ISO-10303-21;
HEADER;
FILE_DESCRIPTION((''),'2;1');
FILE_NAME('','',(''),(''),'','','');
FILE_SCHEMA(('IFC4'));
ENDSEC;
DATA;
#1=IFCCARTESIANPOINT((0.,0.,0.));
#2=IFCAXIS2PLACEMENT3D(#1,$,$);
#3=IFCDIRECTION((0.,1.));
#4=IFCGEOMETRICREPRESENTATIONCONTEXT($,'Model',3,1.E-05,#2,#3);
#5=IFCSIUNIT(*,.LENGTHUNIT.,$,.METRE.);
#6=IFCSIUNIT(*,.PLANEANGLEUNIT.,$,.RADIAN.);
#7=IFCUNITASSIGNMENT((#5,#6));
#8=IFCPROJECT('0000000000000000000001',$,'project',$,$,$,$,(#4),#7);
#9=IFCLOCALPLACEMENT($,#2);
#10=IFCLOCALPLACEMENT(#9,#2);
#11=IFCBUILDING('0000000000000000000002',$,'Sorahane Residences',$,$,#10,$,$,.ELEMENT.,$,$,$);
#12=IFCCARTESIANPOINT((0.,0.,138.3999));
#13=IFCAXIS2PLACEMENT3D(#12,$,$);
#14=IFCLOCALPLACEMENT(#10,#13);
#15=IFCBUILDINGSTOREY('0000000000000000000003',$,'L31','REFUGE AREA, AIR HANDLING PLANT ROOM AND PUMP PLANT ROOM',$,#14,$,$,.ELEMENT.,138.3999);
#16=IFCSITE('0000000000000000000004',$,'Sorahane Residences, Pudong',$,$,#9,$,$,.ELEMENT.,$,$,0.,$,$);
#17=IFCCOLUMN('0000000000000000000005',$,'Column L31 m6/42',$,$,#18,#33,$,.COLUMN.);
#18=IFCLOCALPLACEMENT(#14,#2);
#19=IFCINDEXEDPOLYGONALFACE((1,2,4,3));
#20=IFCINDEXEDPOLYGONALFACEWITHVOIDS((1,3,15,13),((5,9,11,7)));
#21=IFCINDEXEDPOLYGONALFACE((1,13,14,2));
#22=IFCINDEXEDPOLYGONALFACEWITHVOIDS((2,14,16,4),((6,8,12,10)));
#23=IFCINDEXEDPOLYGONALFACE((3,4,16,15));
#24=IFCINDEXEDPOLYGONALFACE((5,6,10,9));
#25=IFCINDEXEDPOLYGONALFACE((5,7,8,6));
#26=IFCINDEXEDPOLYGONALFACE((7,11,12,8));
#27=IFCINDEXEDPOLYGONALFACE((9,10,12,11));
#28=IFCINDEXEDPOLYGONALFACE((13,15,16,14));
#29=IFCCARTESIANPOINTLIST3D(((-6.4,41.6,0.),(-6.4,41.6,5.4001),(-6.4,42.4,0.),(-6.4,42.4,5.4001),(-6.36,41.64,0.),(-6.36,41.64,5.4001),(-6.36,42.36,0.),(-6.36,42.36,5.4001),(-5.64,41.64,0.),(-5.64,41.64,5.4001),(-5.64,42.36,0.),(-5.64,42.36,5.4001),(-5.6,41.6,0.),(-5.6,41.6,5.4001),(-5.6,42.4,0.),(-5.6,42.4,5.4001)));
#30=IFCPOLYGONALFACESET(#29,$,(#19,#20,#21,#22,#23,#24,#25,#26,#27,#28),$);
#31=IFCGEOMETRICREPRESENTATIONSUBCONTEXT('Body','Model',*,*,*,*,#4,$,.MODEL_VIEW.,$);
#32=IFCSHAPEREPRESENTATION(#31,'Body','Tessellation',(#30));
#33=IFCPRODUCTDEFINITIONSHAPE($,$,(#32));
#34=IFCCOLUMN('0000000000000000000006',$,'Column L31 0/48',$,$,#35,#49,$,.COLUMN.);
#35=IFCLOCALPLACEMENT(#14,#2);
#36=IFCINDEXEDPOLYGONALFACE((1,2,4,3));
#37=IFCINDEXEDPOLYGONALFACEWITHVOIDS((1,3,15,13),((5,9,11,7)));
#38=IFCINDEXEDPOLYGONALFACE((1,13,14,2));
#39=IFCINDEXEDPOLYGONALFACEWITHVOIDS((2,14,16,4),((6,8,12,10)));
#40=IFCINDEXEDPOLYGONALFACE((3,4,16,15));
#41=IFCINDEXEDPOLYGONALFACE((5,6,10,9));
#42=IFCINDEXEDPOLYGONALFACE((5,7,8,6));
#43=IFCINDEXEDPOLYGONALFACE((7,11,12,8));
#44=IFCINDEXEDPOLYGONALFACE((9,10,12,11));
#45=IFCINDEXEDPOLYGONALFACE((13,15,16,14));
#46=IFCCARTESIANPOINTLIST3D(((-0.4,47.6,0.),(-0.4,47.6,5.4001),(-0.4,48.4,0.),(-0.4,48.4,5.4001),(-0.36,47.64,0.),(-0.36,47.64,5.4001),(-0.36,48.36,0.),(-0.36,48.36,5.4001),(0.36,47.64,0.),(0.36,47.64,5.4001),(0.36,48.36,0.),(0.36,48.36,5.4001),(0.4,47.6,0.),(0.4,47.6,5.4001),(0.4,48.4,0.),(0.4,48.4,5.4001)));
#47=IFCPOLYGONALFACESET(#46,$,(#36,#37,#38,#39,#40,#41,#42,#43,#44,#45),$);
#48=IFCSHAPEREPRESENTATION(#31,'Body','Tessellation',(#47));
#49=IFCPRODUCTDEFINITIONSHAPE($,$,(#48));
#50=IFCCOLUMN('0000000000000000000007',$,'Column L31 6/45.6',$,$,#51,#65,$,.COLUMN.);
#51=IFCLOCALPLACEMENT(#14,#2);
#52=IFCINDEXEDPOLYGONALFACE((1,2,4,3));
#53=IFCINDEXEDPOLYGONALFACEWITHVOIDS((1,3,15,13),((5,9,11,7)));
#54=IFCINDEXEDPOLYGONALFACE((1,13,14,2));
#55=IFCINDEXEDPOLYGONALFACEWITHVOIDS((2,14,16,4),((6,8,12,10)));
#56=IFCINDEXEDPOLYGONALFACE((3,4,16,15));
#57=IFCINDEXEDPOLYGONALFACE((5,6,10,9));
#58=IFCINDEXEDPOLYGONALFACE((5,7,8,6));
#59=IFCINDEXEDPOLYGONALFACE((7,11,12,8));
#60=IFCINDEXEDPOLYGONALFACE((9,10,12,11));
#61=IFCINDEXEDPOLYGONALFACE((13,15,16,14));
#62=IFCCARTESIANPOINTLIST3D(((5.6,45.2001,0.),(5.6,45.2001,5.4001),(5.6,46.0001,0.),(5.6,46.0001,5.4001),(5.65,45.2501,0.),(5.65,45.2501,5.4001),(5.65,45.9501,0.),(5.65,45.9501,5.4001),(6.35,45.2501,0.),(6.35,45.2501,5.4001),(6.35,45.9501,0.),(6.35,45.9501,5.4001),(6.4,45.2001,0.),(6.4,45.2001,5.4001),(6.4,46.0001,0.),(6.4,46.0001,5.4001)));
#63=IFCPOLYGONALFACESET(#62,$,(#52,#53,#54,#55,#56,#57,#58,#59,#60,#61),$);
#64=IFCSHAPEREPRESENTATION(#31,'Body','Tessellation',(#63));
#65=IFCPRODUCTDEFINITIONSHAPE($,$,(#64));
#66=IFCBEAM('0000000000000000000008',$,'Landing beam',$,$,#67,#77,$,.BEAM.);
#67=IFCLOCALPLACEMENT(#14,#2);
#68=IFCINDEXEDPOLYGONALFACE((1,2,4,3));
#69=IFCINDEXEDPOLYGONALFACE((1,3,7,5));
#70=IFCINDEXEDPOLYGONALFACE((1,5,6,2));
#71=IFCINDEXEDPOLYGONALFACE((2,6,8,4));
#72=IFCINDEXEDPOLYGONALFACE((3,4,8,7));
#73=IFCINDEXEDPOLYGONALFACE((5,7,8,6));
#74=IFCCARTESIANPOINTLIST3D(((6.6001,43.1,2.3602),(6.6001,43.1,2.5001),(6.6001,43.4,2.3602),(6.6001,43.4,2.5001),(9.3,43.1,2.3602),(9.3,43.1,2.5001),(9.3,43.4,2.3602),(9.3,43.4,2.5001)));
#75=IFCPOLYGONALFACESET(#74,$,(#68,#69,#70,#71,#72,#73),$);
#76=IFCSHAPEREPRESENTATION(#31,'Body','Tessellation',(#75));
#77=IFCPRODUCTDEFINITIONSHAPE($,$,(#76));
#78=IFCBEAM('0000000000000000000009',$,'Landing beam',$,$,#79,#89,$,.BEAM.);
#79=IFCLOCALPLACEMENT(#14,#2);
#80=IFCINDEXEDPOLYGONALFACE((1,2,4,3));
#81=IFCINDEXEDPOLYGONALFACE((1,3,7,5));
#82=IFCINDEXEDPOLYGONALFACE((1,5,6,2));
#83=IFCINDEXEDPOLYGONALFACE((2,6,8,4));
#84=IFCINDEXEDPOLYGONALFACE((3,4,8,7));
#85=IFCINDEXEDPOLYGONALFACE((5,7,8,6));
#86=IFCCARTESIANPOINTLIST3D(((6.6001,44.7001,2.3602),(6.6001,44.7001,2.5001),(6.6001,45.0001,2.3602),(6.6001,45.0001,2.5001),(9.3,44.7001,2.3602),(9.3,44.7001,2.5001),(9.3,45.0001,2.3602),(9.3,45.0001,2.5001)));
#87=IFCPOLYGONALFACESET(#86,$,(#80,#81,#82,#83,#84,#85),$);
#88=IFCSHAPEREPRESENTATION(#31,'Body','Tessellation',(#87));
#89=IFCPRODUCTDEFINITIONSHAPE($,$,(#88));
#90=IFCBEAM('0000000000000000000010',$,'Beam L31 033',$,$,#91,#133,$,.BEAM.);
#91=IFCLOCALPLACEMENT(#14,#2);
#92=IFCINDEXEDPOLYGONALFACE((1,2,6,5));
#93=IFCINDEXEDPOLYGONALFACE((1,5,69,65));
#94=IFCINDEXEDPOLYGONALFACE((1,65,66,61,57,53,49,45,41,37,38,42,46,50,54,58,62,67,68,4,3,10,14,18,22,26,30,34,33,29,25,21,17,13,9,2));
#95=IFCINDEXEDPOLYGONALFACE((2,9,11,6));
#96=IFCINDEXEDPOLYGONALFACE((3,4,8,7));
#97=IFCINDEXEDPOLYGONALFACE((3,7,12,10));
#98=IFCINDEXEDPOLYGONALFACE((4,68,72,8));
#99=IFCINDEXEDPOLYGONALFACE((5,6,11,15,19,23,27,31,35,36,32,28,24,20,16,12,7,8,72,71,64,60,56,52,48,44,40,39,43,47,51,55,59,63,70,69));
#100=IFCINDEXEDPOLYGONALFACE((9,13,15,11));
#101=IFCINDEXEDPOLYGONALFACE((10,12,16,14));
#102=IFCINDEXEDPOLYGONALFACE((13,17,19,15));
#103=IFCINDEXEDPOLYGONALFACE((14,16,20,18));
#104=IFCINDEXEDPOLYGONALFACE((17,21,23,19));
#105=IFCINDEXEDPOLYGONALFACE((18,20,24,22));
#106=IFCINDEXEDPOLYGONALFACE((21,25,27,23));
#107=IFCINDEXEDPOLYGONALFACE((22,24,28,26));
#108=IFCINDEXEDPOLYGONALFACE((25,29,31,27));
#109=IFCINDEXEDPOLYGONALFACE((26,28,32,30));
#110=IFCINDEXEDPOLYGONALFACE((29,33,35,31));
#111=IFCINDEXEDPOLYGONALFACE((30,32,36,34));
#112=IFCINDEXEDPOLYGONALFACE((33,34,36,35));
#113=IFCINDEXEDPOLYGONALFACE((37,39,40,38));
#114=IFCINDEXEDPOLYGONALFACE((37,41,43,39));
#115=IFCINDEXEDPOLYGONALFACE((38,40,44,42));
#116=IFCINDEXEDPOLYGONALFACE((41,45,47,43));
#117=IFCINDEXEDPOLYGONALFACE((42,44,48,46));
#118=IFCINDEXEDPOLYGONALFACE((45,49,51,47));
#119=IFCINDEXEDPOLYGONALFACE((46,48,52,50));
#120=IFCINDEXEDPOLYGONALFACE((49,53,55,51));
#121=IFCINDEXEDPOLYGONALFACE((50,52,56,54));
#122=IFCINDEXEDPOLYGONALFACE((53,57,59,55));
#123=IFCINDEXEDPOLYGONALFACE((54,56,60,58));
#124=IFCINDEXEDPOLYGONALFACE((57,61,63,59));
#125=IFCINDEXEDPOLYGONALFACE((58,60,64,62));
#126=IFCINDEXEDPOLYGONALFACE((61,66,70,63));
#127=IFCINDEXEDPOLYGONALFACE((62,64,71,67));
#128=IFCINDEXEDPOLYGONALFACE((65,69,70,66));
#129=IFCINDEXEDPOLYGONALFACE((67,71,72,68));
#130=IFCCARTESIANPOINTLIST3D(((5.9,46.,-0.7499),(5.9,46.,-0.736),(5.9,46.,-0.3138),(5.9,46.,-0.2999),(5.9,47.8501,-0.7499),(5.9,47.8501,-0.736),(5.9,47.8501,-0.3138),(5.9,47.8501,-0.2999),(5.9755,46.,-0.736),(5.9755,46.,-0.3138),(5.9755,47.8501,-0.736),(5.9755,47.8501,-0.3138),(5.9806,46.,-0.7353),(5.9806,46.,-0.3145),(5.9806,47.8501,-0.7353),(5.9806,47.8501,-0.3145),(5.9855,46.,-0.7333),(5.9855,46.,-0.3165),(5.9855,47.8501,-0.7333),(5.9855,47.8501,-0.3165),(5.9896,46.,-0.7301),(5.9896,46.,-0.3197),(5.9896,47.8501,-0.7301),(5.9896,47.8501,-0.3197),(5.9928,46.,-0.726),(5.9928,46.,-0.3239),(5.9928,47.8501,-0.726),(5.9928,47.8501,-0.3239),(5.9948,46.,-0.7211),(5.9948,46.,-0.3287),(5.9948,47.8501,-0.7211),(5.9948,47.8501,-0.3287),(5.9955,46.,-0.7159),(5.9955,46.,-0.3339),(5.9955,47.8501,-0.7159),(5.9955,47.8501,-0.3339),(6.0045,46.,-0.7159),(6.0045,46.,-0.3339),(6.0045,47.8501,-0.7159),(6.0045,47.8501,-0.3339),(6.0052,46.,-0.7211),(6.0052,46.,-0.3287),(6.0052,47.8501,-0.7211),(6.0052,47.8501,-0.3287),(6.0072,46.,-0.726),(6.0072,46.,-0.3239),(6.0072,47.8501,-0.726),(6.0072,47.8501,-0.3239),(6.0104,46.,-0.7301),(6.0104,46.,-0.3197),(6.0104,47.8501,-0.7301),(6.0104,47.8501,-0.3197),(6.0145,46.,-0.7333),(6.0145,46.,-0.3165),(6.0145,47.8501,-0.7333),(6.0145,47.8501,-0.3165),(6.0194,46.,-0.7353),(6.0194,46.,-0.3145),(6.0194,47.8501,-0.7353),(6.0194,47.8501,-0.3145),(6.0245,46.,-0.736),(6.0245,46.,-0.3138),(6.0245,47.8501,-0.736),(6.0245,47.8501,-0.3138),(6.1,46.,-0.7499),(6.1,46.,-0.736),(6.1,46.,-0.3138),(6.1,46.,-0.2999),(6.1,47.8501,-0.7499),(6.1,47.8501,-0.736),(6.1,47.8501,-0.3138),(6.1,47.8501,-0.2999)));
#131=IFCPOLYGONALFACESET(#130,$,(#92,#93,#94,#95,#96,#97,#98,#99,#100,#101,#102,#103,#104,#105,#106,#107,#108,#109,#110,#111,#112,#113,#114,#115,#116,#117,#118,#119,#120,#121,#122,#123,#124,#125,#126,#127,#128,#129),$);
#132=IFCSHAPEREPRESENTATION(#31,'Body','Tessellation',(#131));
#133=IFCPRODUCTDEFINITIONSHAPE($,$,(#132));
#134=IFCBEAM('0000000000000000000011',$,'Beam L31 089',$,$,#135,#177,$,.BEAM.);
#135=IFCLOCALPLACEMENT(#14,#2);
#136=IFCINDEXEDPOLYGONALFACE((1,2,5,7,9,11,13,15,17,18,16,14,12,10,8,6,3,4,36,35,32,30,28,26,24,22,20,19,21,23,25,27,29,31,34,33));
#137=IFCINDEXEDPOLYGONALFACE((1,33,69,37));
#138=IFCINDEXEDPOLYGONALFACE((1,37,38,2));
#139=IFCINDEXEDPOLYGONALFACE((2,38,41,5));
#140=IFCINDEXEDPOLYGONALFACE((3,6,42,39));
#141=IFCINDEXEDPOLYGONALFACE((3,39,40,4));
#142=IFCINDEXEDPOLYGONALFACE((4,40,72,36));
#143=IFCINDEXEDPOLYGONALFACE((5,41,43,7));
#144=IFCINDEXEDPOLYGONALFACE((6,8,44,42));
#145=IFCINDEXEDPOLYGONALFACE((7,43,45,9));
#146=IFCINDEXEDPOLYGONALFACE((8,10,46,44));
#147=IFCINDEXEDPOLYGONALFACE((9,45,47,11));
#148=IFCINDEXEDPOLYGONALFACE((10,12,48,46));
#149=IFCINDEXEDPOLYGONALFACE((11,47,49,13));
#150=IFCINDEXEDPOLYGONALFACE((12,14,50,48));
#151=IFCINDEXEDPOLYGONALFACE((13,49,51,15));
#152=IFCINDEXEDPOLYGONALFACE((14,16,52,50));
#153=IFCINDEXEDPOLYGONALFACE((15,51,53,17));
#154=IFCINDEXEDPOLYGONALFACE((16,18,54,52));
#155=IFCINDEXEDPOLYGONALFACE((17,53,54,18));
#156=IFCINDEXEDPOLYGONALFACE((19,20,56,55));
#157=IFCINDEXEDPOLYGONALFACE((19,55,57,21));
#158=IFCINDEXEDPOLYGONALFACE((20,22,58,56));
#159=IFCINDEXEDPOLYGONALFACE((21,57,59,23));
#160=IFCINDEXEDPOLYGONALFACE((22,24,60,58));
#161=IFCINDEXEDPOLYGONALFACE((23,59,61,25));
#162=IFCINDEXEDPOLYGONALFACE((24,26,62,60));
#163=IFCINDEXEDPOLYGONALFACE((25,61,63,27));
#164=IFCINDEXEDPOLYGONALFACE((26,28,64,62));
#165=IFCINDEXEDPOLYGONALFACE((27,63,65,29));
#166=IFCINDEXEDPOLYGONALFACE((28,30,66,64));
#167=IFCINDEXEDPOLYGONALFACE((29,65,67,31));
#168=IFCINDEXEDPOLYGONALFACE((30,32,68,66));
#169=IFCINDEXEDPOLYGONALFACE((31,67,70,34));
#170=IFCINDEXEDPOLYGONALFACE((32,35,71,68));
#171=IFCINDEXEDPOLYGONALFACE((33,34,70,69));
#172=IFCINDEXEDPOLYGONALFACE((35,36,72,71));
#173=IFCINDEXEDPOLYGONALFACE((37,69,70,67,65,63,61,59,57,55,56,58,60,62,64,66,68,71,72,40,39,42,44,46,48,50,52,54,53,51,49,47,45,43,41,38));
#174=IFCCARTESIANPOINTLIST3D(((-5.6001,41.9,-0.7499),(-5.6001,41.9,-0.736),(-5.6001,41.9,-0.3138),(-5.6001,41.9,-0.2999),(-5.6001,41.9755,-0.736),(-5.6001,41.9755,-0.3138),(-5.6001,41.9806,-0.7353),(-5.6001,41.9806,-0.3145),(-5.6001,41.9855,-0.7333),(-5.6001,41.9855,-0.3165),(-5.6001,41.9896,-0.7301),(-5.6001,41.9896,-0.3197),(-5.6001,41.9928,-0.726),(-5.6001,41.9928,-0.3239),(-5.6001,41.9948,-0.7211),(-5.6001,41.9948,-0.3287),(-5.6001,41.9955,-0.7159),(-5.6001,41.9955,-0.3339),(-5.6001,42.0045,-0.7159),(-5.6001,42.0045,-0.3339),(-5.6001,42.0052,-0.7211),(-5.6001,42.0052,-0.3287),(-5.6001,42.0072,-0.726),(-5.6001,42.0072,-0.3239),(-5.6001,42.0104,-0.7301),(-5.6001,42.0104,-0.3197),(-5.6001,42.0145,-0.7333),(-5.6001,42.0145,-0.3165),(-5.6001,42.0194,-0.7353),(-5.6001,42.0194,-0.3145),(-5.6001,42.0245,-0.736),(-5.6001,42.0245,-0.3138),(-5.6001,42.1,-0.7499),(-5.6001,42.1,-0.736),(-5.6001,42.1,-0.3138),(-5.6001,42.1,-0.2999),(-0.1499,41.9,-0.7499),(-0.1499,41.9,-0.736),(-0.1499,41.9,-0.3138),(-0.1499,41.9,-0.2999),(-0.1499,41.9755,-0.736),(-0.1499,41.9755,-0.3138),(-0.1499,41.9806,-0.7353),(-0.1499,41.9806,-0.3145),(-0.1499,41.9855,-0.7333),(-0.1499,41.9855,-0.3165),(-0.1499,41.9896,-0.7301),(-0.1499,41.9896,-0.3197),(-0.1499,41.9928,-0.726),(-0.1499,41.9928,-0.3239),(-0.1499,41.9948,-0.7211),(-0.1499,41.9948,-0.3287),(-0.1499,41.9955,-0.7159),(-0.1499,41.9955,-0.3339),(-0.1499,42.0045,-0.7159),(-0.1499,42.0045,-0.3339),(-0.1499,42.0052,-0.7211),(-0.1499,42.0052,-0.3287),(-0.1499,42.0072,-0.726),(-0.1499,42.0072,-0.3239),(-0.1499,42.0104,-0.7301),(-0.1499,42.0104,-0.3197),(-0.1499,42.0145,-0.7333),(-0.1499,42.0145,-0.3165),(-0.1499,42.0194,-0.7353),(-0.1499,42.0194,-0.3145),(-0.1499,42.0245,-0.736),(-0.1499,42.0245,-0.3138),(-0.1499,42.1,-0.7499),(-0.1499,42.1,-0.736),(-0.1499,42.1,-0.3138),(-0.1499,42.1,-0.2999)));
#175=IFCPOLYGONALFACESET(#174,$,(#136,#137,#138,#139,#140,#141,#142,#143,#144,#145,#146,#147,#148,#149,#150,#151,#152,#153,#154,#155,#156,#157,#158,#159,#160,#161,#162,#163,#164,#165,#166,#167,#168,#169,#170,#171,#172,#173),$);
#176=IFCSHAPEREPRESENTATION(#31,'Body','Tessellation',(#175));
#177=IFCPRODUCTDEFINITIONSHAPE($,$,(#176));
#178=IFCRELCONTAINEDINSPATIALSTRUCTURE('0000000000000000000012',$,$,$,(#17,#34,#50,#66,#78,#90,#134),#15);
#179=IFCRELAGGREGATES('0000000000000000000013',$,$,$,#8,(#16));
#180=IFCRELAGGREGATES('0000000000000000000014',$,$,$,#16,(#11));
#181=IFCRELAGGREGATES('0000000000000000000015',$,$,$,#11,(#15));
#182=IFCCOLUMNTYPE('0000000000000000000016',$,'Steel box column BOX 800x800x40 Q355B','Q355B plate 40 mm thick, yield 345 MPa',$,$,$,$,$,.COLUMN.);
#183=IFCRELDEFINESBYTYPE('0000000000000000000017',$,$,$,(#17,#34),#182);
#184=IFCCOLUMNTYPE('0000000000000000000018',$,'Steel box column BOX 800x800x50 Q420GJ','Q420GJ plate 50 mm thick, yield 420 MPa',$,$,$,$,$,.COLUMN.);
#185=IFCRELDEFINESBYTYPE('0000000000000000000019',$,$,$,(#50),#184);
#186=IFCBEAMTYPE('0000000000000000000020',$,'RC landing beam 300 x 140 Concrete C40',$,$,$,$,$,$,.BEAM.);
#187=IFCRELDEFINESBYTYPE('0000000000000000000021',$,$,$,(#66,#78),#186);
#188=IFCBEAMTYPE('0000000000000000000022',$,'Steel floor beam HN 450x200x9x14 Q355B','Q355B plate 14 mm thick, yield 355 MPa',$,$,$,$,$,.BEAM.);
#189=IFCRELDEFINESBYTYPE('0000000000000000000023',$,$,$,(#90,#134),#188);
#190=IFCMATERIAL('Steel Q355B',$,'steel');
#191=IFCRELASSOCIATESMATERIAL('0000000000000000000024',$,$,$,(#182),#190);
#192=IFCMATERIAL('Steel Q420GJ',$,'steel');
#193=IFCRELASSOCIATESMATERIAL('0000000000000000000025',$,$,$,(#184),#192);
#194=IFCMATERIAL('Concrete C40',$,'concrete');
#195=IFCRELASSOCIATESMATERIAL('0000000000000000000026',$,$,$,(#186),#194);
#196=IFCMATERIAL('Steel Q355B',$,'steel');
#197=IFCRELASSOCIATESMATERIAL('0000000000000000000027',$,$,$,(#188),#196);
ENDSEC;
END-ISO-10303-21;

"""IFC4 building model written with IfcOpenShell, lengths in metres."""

from ifc_helpers import new_model, si_unit, direction, frame, origin, origin_2d, place, context, subcontext, project, spatial, rectangle, hollow_rectangle, i_section, extrude, material, material_profile, profile_set, type_object, element, save


model = new_model("IFC4")

# Units and contexts
model_context = context("Model", 3, precision=1e-05, world=origin(), true_north=direction((0.0, 1.0)))
body_context = subcontext(model_context, "Body", "Model", "MODEL_VIEW")
ifc_project = project(units=[si_unit("LENGTHUNIT", "METRE"), si_unit("PLANEANGLEUNIT", "RADIAN")], contexts=[model_context])

# Site, building, storey
site_placement = place(None, origin())
site = spatial("IfcSite", under=ifc_project, at=site_placement, Name="Sorahane Residences, Pudong", CompositionType="ELEMENT", RefElevation=0.0)
building_placement = place(site_placement, origin())
building = spatial("IfcBuilding", under=site, at=building_placement, Name="Sorahane Residences", CompositionType="ELEMENT")
storey_placement = place(building_placement, frame((0.0, 0.0, 138.3999)))
storey = spatial("IfcBuildingStorey", under=building, at=storey_placement, Name="L31", Description="REFUGE AREA, AIR HANDLING PLANT ROOM AND PUMP PLANT ROOM", CompositionType="ELEMENT", Elevation=138.3999)

# Columns
ifc_material_1 = material(Name="Steel Q355B", Category="steel")
ifc_material_profile_1 = material_profile(ifc_material_1, hollow_rectangle(XDim=0.8, YDim=0.8, WallThickness=0.04, at=origin_2d()), Name="BOX 800x800x40")
ifc_profile_set_1 = profile_set([ifc_material_profile_1], Name="Steel Q355B")
column_type_1 = type_object("IfcColumnType", Name="Steel box column BOX 800x800x40 Q355B", Description="Q355B plate 40 mm thick, yield 345 MPa", PredefinedType="COLUMN", material=ifc_profile_set_1)
for number, where, z_axis, x_axis, name in (
    (1, (-6.0, 42.0, 0.0), (0.0, 0.0, 1.0), (1.0, 0.0, 0.0), "Column L31 m6/42"),
    (2, (0.0, 48.0, 0.0), (0.0, 0.0, 1.0), (1.0, 0.0, 0.0), "Column L31 0/48"),
):
    element("IfcColumn", number, at=place(storey_placement, frame(where, z_axis=z_axis, x_axis=x_axis)), inside=storey, type_object=column_type_1, Name=name, PredefinedType="COLUMN", context=body_context, shape_type="SweptSolid", body=[
        extrude(hollow_rectangle(XDim=0.8, YDim=0.8, WallThickness=0.04, at=origin_2d()), origin(), (0.0, 0.0, 1.0), 5.4001),
    ])
ifc_material_2 = material(Name="Steel Q420GJ", Category="steel")
ifc_material_profile_2 = material_profile(ifc_material_2, hollow_rectangle(XDim=0.8, YDim=0.8, WallThickness=0.05, at=origin_2d()), Name="BOX 800x800x50")
ifc_profile_set_2 = profile_set([ifc_material_profile_2], Name="Steel Q420GJ")
column_type_2 = type_object("IfcColumnType", Name="Steel box column BOX 800x800x50 Q420GJ", Description="Q420GJ plate 50 mm thick, yield 420 MPa", PredefinedType="COLUMN", material=ifc_profile_set_2)
column_placement = place(storey_placement, frame((6.0, 45.6001, 0.0), z_axis=(0.0, 0.0, 1.0), x_axis=(1.0, 0.0, 0.0)))
element("IfcColumn", 3, at=column_placement, inside=storey, type_object=column_type_2, Name="Column L31 6/45.6", PredefinedType="COLUMN", context=body_context, shape_type="SweptSolid", body=[
    extrude(hollow_rectangle(XDim=0.8, YDim=0.8, WallThickness=0.05, at=origin_2d()), origin(), (0.0, 0.0, 1.0), 5.4001),
])

# Beams
ifc_material_3 = material(Name="Concrete C40", Category="concrete")
ifc_material_profile_3 = material_profile(ifc_material_3, rectangle(XDim=0.3, YDim=0.1399, at=origin_2d()), Name="300x140")
ifc_profile_set_3 = profile_set([ifc_material_profile_3], Name="Concrete C40")
beam_type_1 = type_object("IfcBeamType", Name="RC landing beam 300 x 140 Concrete C40", PredefinedType="BEAM", material=ifc_profile_set_3)
for number, where, z_axis, x_axis, name in (
    (4, (6.6001, 43.25, 2.4302), (1.0, 0.0, 0.0), (0.0, 1.0, 0.0), "Landing beam"),
    (5, (6.6001, 44.8501, 2.4302), (1.0, 0.0, 0.0), (0.0, 1.0, 0.0), "Landing beam"),
):
    element("IfcBeam", number, at=place(storey_placement, frame(where, z_axis=z_axis, x_axis=x_axis)), inside=storey, type_object=beam_type_1, Name=name, PredefinedType="BEAM", context=body_context, shape_type="SweptSolid", body=[
        extrude(rectangle(XDim=0.3, YDim=0.1399, at=origin_2d()), origin(), (0.0, 0.0, 1.0), 2.7),
    ])
ifc_material_4 = material(Name="Steel Q355B", Category="steel")
ifc_material_profile_4 = material_profile(ifc_material_4, i_section(OverallWidth=0.2, OverallDepth=0.45, WebThickness=0.009, FlangeThickness=0.0139, FilletRadius=0.02, at=origin_2d()), Name="HN 450x200x9x14")
ifc_profile_set_4 = profile_set([ifc_material_profile_4], Name="Steel Q355B")
beam_type_2 = type_object("IfcBeamType", Name="Steel floor beam HN 450x200x9x14 Q355B", Description="Q355B plate 14 mm thick, yield 355 MPa", PredefinedType="BEAM", material=ifc_profile_set_4)
beam_1_placement = place(storey_placement, frame((6.0, 46.0, -0.5249), z_axis=(0.0, 1.0, 0.0), x_axis=(-1.0, 0.0, 0.0)))
element("IfcBeam", 6, at=beam_1_placement, inside=storey, type_object=beam_type_2, Name="Beam L31 033", PredefinedType="BEAM", context=body_context, shape_type="SweptSolid", body=[
    extrude(i_section(OverallWidth=0.2, OverallDepth=0.45, WebThickness=0.009, FlangeThickness=0.0139, FilletRadius=0.02, at=origin_2d()), origin(), (0.0, 0.0, 1.0), 1.8501),
])
beam_2_placement = place(storey_placement, frame((-5.6001, 42.0, -0.5249), z_axis=(1.0, 0.0, 0.0), x_axis=(0.0, 1.0, 0.0)))
element("IfcBeam", 7, at=beam_2_placement, inside=storey, type_object=beam_type_2, Name="Beam L31 089", PredefinedType="BEAM", context=body_context, shape_type="SweptSolid", body=[
    extrude(i_section(OverallWidth=0.2, OverallDepth=0.45, WebThickness=0.009, FlangeThickness=0.0139, FilletRadius=0.02, at=origin_2d()), origin(), (0.0, 0.0, 1.0), 5.4502),
])

save(model, "model.ifc")
